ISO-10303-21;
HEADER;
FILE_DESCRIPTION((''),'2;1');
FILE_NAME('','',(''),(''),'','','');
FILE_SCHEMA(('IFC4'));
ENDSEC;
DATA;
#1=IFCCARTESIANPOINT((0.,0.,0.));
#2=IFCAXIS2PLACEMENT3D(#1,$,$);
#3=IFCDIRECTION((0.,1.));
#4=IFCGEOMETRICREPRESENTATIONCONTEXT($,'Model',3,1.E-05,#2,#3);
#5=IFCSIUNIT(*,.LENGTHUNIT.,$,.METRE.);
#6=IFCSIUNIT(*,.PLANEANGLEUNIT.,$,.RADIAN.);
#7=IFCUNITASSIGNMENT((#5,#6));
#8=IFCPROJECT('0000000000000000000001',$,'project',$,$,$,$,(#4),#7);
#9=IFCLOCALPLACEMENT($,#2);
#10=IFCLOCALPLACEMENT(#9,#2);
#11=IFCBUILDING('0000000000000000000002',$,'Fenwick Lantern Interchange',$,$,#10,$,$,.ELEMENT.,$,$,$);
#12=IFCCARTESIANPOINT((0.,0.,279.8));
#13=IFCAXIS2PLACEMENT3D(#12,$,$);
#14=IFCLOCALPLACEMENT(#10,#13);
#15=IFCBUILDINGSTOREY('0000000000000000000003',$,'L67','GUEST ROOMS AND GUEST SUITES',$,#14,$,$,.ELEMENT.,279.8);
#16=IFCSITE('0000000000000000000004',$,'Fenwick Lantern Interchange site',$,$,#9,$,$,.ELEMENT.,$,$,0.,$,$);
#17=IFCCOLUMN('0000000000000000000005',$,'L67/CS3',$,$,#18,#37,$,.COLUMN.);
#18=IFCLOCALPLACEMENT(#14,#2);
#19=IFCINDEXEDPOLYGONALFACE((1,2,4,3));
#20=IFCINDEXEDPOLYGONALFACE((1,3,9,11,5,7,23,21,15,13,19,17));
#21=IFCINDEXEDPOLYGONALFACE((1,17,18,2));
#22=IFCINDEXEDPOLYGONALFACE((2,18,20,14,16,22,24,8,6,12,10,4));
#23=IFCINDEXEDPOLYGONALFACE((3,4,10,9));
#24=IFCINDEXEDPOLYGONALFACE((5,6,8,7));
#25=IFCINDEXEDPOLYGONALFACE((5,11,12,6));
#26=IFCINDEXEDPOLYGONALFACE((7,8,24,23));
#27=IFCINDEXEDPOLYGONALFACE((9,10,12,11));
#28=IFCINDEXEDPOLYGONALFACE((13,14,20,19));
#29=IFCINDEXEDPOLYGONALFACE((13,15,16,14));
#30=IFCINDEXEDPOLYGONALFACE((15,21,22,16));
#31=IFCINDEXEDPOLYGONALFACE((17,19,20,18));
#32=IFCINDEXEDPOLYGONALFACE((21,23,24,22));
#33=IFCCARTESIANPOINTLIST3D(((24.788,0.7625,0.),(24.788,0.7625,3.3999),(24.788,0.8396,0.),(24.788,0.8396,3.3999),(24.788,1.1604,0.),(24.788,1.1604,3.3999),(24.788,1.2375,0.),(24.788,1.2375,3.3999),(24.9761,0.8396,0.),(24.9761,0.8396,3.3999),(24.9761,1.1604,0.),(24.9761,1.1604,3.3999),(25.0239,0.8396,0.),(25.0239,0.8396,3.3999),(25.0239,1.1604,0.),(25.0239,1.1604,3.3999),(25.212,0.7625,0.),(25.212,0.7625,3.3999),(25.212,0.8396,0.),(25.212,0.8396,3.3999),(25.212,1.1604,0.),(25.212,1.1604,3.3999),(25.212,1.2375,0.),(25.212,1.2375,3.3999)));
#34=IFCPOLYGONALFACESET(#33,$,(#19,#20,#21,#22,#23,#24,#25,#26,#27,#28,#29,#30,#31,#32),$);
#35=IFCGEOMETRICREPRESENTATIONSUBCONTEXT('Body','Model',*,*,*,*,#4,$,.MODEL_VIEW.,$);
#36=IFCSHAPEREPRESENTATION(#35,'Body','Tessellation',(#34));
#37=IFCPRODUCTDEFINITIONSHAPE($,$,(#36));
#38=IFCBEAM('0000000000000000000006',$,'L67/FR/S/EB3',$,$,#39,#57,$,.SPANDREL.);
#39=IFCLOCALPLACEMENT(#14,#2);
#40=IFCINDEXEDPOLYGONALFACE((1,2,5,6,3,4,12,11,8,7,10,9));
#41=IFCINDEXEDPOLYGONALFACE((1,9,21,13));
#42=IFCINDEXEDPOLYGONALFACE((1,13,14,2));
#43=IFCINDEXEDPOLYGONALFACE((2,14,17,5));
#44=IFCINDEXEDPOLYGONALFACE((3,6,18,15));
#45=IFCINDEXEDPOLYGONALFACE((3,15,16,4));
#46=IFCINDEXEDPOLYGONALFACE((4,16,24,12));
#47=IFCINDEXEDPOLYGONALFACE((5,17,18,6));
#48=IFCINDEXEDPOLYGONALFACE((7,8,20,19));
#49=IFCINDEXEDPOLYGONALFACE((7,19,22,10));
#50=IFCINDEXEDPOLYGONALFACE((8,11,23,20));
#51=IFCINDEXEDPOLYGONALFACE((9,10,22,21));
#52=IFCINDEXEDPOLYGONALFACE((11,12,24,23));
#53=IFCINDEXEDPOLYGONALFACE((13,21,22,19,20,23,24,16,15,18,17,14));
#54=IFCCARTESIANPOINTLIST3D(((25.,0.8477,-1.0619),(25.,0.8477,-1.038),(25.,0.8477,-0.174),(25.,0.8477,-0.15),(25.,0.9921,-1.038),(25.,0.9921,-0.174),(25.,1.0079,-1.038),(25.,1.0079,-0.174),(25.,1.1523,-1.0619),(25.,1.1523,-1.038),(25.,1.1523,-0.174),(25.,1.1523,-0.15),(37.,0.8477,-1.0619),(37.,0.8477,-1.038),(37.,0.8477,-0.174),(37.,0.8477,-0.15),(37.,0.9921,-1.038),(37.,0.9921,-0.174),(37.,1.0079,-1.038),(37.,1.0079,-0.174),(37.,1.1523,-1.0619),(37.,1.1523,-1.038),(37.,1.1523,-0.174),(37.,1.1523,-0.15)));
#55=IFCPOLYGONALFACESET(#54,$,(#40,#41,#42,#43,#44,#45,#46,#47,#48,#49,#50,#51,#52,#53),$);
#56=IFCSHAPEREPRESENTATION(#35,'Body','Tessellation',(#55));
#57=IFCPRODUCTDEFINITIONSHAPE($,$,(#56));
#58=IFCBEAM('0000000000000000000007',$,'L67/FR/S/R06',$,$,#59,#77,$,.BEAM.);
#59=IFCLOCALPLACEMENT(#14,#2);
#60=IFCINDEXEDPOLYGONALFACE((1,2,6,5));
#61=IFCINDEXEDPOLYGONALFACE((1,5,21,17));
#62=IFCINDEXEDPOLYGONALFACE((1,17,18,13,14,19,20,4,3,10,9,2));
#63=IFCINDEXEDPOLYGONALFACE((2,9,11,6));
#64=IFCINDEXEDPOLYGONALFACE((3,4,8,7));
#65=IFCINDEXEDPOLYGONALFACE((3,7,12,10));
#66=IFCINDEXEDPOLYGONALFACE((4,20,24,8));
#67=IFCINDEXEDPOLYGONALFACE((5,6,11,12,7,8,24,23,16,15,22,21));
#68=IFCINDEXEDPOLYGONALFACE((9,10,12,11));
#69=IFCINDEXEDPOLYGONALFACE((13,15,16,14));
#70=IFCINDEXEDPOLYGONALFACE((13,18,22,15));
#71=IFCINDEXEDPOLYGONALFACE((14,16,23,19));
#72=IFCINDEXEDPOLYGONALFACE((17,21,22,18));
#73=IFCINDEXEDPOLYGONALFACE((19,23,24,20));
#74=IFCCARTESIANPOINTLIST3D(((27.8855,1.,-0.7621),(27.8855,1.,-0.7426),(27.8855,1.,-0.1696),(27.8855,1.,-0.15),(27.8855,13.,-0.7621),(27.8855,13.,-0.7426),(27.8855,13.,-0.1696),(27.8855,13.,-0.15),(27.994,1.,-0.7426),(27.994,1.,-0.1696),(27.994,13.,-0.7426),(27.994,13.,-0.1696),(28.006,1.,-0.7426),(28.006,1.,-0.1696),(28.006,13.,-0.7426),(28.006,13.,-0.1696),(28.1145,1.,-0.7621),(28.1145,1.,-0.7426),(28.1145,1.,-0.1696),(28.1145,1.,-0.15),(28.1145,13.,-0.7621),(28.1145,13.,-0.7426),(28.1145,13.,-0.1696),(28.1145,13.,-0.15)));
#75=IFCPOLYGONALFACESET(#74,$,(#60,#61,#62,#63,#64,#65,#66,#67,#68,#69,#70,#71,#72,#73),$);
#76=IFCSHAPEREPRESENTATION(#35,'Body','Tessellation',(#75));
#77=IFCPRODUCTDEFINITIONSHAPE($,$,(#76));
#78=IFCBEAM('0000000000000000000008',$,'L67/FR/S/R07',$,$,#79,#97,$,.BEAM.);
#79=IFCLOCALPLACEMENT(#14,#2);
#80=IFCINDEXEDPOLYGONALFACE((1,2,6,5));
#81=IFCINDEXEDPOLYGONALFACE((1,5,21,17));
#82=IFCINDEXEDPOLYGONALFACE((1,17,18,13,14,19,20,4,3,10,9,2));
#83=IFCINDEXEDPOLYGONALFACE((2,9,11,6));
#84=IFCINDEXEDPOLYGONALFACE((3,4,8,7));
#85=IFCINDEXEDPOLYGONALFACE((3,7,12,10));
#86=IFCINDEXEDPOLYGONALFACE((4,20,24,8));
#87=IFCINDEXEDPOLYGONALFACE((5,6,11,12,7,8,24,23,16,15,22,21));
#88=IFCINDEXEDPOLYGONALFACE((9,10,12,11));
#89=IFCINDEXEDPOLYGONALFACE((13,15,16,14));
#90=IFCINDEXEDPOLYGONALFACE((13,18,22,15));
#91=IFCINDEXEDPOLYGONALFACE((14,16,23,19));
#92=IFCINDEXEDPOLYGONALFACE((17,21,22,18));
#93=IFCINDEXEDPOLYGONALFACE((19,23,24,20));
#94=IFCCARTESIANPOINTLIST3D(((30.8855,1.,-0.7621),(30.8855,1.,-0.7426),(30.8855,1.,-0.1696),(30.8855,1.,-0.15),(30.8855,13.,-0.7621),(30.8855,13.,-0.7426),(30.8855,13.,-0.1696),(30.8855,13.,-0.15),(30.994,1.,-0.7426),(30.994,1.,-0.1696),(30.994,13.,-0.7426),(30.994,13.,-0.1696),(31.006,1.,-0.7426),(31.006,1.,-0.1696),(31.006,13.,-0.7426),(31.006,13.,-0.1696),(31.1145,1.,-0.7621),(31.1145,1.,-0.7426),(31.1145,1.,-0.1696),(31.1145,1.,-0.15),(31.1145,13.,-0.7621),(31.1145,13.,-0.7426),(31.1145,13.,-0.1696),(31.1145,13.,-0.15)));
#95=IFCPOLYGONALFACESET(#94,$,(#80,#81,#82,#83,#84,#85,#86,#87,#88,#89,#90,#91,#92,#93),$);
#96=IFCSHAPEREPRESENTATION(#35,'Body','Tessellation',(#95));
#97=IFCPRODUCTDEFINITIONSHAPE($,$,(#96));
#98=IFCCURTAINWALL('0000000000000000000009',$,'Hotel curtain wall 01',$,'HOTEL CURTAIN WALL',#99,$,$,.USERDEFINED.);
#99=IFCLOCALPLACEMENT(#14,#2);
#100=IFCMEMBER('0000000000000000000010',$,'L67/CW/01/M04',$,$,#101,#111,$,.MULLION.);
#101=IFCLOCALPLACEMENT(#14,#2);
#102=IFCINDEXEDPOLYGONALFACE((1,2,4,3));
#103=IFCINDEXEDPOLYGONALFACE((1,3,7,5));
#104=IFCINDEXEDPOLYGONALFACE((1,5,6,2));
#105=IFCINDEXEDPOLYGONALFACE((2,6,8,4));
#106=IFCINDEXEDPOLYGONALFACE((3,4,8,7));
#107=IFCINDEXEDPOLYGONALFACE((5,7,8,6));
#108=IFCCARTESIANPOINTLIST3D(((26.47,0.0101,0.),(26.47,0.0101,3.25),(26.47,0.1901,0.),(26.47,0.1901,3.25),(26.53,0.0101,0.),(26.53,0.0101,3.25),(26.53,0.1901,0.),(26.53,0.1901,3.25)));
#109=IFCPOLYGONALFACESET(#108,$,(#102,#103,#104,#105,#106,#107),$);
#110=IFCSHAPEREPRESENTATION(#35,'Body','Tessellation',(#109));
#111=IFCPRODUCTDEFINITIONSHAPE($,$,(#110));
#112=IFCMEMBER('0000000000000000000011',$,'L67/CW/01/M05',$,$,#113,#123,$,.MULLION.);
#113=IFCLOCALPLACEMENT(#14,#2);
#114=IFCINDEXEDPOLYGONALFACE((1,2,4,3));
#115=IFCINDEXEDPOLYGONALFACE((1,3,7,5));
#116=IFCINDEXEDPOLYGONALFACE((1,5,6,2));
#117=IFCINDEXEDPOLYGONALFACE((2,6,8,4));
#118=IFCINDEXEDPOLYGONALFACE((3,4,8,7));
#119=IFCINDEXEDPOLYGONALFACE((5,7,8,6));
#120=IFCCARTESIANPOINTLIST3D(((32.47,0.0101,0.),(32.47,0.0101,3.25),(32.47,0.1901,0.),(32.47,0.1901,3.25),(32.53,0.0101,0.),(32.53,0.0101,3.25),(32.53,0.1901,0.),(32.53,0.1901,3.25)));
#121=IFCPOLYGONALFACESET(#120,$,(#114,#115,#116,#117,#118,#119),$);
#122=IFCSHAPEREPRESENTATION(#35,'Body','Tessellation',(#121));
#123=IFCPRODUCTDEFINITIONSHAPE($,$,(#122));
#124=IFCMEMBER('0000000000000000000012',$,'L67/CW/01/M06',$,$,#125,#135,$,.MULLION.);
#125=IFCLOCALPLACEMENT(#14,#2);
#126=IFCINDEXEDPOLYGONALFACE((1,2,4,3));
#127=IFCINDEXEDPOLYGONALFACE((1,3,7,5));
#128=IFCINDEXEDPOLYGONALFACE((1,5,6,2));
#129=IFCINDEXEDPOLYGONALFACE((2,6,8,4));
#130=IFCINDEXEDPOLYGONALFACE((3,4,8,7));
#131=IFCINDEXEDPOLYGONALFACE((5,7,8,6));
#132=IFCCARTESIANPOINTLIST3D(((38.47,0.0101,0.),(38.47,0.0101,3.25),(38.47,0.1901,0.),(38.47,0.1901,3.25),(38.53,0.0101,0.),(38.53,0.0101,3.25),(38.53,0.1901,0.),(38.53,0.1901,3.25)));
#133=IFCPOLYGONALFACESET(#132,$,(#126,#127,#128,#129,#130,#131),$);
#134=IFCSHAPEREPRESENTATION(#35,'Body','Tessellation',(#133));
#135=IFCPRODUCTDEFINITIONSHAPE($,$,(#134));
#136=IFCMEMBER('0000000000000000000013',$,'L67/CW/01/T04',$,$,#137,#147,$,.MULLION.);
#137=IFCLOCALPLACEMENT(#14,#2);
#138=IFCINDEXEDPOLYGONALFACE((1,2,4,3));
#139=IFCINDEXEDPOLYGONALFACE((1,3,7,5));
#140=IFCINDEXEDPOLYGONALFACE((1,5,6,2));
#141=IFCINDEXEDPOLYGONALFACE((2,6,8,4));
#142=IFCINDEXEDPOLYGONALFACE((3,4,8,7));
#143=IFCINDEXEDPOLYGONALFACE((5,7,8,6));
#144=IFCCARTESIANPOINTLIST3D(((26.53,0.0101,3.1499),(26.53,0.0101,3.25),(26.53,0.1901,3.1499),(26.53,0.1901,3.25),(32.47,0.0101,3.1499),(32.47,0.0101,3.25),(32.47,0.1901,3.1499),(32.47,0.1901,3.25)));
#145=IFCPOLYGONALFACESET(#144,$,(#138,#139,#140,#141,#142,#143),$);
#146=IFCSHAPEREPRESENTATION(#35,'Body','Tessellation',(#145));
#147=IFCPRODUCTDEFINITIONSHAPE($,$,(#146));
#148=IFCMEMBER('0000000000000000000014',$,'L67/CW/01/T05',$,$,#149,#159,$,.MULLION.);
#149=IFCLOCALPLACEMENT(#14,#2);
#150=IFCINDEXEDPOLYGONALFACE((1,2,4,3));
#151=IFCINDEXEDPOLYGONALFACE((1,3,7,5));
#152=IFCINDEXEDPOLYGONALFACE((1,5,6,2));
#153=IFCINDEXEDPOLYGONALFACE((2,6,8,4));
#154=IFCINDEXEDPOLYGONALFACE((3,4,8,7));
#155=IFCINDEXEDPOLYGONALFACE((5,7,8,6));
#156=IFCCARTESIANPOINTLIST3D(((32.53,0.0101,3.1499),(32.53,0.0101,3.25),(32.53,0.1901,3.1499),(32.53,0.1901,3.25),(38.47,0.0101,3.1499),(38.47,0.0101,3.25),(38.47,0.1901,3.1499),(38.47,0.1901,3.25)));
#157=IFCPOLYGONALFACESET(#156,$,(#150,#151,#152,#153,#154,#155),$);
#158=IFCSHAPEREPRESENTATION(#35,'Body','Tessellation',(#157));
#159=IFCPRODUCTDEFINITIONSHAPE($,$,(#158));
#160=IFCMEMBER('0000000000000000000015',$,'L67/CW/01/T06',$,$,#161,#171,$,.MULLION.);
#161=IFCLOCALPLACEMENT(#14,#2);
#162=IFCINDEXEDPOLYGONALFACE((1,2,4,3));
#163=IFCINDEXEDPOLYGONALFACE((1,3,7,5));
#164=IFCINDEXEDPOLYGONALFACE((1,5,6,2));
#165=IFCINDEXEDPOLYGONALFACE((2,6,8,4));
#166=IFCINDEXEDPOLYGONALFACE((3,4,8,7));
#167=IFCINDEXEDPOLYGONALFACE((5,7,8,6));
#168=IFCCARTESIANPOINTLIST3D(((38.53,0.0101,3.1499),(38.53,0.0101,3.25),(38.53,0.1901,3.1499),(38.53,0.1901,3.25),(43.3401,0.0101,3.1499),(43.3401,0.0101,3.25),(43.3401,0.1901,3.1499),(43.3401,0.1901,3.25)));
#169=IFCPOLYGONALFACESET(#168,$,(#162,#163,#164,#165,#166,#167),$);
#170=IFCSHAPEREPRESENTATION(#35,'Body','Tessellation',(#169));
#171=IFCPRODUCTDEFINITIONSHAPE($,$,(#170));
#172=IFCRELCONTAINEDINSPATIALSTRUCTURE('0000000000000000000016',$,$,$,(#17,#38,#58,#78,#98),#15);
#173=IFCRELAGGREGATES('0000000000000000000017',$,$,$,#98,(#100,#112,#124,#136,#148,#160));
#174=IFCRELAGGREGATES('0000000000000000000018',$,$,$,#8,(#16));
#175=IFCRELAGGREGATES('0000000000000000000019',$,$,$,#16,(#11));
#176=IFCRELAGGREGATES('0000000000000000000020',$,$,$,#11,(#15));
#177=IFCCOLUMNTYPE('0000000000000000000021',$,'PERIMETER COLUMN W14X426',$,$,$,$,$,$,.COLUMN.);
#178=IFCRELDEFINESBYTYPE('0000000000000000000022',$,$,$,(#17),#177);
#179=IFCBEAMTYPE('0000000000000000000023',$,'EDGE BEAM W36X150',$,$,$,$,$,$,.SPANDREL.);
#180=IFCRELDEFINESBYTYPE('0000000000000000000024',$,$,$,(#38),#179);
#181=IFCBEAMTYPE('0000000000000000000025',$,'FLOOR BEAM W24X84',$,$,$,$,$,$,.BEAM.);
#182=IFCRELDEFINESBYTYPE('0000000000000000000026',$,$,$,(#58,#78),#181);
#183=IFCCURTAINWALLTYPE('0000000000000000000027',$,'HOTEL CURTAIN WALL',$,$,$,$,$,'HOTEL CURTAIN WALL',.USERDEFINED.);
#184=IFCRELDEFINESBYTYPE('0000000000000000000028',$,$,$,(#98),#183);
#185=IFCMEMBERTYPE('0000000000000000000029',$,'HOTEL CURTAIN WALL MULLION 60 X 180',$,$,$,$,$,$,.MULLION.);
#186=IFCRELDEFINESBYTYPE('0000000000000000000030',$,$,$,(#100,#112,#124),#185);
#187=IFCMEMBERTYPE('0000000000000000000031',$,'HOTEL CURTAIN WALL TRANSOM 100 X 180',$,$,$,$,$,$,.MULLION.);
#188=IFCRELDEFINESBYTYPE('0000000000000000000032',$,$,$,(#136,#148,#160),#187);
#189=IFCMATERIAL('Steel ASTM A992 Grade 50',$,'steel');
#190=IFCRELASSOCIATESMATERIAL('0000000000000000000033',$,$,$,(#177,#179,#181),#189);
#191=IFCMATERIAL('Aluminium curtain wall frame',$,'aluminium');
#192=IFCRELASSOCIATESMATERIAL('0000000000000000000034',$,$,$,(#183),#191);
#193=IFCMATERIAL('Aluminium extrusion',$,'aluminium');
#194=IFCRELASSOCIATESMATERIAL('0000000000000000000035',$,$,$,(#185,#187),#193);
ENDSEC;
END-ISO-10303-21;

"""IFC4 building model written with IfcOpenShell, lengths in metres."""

from ifc_helpers import new_model, si_unit, direction, frame, origin, origin_2d, place, context, subcontext, project, spatial, rectangle, i_section, extrude, material, material_profile, profile_set, type_object, element, aggregate, save


model = new_model("IFC4")

# Units and contexts
model_context = context("Model", 3, precision=1e-05, world=origin(), true_north=direction((0.0, 1.0)))
body_context = subcontext(model_context, "Body", "Model", "MODEL_VIEW")
ifc_project = project(units=[si_unit("LENGTHUNIT", "METRE"), si_unit("PLANEANGLEUNIT", "RADIAN")], contexts=[model_context])

# Site, building, storey
site_placement = place(None, origin())
site = spatial("IfcSite", under=ifc_project, at=site_placement, Name="Fenwick Lantern Interchange site", CompositionType="ELEMENT", RefElevation=0.0)
building_placement = place(site_placement, origin())
building = spatial("IfcBuilding", under=site, at=building_placement, Name="Fenwick Lantern Interchange", CompositionType="ELEMENT")
storey_placement = place(building_placement, frame((0.0, 0.0, 279.8)))
storey = spatial("IfcBuildingStorey", under=building, at=storey_placement, Name="L67", Description="GUEST ROOMS AND GUEST SUITES", CompositionType="ELEMENT", Elevation=279.8)

# Column
ifc_material_1 = material(Name="Steel ASTM A992 Grade 50", Category="steel")
ifc_material_profile_1 = material_profile(ifc_material_1, i_section(OverallWidth=0.4241, OverallDepth=0.4751, WebThickness=0.0479, FlangeThickness=0.0771, at=origin_2d()), Name="W14X426")
ifc_profile_set_1 = profile_set([ifc_material_profile_1], Name="Steel ASTM A992 Grade 50")
column_type = type_object("IfcColumnType", Name="PERIMETER COLUMN W14X426", PredefinedType="COLUMN", material=ifc_profile_set_1)
column_placement = place(storey_placement, frame((25.0, 1.0, 0.0), z_axis=(0.0, 0.0, 1.0), x_axis=(1.0, 0.0, 0.0)))
element("IfcColumn", 1, at=column_placement, inside=storey, type_object=column_type, Name="L67/CS3", PredefinedType="COLUMN", context=body_context, shape_type="SweptSolid", body=[
    extrude(i_section(OverallWidth=0.4241, OverallDepth=0.4751, WebThickness=0.0479, FlangeThickness=0.0771, at=origin_2d()), origin(), (0.0, 0.0, 1.0), 3.3999),
])

# Beams
ifc_material_profile_2 = material_profile(ifc_material_1, i_section(OverallWidth=0.3047, OverallDepth=0.9119, WebThickness=0.0159, FlangeThickness=0.0239, at=origin_2d()), Name="W36X150")
ifc_profile_set_2 = profile_set([ifc_material_profile_2], Name="Steel ASTM A992 Grade 50")
beam_type_1 = type_object("IfcBeamType", Name="EDGE BEAM W36X150", PredefinedType="SPANDREL", material=ifc_profile_set_2)
beam_1_placement = place(storey_placement, frame((25.0, 1.0, -0.606), z_axis=(1.0, 0.0, 0.0), x_axis=(0.0, 1.0, 0.0)))
element("IfcBeam", 2, at=beam_1_placement, inside=storey, type_object=beam_type_1, Name="L67/FR/S/EB3", PredefinedType="SPANDREL", context=body_context, shape_type="SweptSolid", body=[
    extrude(i_section(OverallWidth=0.3047, OverallDepth=0.9119, WebThickness=0.0159, FlangeThickness=0.0239, at=origin_2d()), origin(), (0.0, 0.0, 1.0), 12.0),
])
ifc_material_profile_3 = material_profile(ifc_material_1, i_section(OverallWidth=0.229, OverallDepth=0.6121, WebThickness=0.012, FlangeThickness=0.0195, at=origin_2d()), Name="W24X84")
ifc_profile_set_3 = profile_set([ifc_material_profile_3], Name="Steel ASTM A992 Grade 50")
beam_type_2 = type_object("IfcBeamType", Name="FLOOR BEAM W24X84", PredefinedType="BEAM", material=ifc_profile_set_3)
for number, where, z_axis, x_axis, name in (
    (3, (28.0, 1.0, -0.4561), (0.0, 1.0, 0.0), (-1.0, 0.0, 0.0), "L67/FR/S/R06"),
    (4, (31.0, 1.0, -0.4561), (0.0, 1.0, 0.0), (-1.0, 0.0, 0.0), "L67/FR/S/R07"),
):
    element("IfcBeam", number, at=place(storey_placement, frame(where, z_axis=z_axis, x_axis=x_axis)), inside=storey, type_object=beam_type_2, Name=name, PredefinedType="BEAM", context=body_context, shape_type="SweptSolid", body=[
        extrude(i_section(OverallWidth=0.229, OverallDepth=0.6121, WebThickness=0.012, FlangeThickness=0.0195, at=origin_2d()), origin(), (0.0, 0.0, 1.0), 12.0),
    ])

# Curtain wall, members
ifc_material_2 = material(Name="Aluminium curtain wall frame", Category="aluminium")
curtain_wall_type = type_object("IfcCurtainWallType", Name="HOTEL CURTAIN WALL", ElementType="HOTEL CURTAIN WALL", PredefinedType="USERDEFINED", material=ifc_material_2)
curtain_wall_placement = place(storey_placement, origin())
curtain_wall = element("IfcCurtainWall", 5, at=curtain_wall_placement, inside=storey, type_object=curtain_wall_type, Name="Hotel curtain wall 01", ObjectType="HOTEL CURTAIN WALL", PredefinedType="USERDEFINED")
ifc_material_3 = material(Name="Aluminium extrusion", Category="aluminium")
ifc_material_profile_4 = material_profile(ifc_material_3, rectangle(XDim=0.1799, YDim=0.0601, at=origin_2d()), Name="HOTEL CURTAIN WALL MULLION 60 X 180")
ifc_profile_set_4 = profile_set([ifc_material_profile_4], Name="Aluminium extrusion")
member_type_1 = type_object("IfcMemberType", Name="HOTEL CURTAIN WALL MULLION 60 X 180", PredefinedType="MULLION", material=ifc_profile_set_4)
member_1_placement = place(storey_placement, frame((26.5, 0.1001, 0.0), z_axis=(0.0, 0.0, 1.0), x_axis=(0.0, 1.0, 0.0)))
member_1 = element("IfcMember", 6, at=member_1_placement, type_object=member_type_1, Name="L67/CW/01/M04", PredefinedType="MULLION", context=body_context, shape_type="SweptSolid", body=[
    extrude(rectangle(XDim=0.1799, YDim=0.0601, at=origin_2d()), origin(), (0.0, 0.0, 1.0), 3.25),
])
member_2_placement = place(storey_placement, frame((32.5, 0.1001, 0.0), z_axis=(0.0, 0.0, 1.0), x_axis=(0.0, 1.0, 0.0)))
member_2 = element("IfcMember", 7, at=member_2_placement, type_object=member_type_1, Name="L67/CW/01/M05", PredefinedType="MULLION", context=body_context, shape_type="SweptSolid", body=[
    extrude(rectangle(XDim=0.1799, YDim=0.0601, at=origin_2d()), origin(), (0.0, 0.0, 1.0), 3.25),
])
member_3_placement = place(storey_placement, frame((38.5, 0.1001, 0.0), z_axis=(0.0, 0.0, 1.0), x_axis=(0.0, 1.0, 0.0)))
member_3 = element("IfcMember", 8, at=member_3_placement, type_object=member_type_1, Name="L67/CW/01/M06", PredefinedType="MULLION", context=body_context, shape_type="SweptSolid", body=[
    extrude(rectangle(XDim=0.1799, YDim=0.0601, at=origin_2d()), origin(), (0.0, 0.0, 1.0), 3.25),
])
ifc_material_profile_5 = material_profile(ifc_material_3, rectangle(XDim=0.1799, YDim=0.1001, at=origin_2d()), Name="HOTEL CURTAIN WALL TRANSOM 100 X 180")
ifc_profile_set_5 = profile_set([ifc_material_profile_5], Name="Aluminium extrusion")
member_type_2 = type_object("IfcMemberType", Name="HOTEL CURTAIN WALL TRANSOM 100 X 180", PredefinedType="MULLION", material=ifc_profile_set_5)
member_4_placement = place(storey_placement, frame((26.53, 0.1001, 3.2), z_axis=(1.0, 0.0, 0.0), x_axis=(0.0, 1.0, 0.0)))
member_4 = element("IfcMember", 9, at=member_4_placement, type_object=member_type_2, Name="L67/CW/01/T04", PredefinedType="MULLION", context=body_context, shape_type="SweptSolid", body=[
    extrude(rectangle(XDim=0.1799, YDim=0.1001, at=origin_2d()), origin(), (0.0, 0.0, 1.0), 5.9399),
])
member_5_placement = place(storey_placement, frame((32.53, 0.1001, 3.2), z_axis=(1.0, 0.0, 0.0), x_axis=(0.0, 1.0, 0.0)))
member_5 = element("IfcMember", 10, at=member_5_placement, type_object=member_type_2, Name="L67/CW/01/T05", PredefinedType="MULLION", context=body_context, shape_type="SweptSolid", body=[
    extrude(rectangle(XDim=0.1799, YDim=0.1001, at=origin_2d()), origin(), (0.0, 0.0, 1.0), 5.9399),
])
member_6_placement = place(storey_placement, frame((38.53, 0.1001, 3.2), z_axis=(1.0, 0.0, 0.0), x_axis=(0.0, 1.0, 0.0)))
member_6 = element("IfcMember", 11, at=member_6_placement, type_object=member_type_2, Name="L67/CW/01/T06", PredefinedType="MULLION", context=body_context, shape_type="SweptSolid", body=[
    extrude(rectangle(XDim=0.1799, YDim=0.1001, at=origin_2d()), origin(), (0.0, 0.0, 1.0), 4.8101),
])

aggregate(curtain_wall, [member_1, member_2, member_3, member_4, member_5, member_6])

save(model, "model.ifc")
